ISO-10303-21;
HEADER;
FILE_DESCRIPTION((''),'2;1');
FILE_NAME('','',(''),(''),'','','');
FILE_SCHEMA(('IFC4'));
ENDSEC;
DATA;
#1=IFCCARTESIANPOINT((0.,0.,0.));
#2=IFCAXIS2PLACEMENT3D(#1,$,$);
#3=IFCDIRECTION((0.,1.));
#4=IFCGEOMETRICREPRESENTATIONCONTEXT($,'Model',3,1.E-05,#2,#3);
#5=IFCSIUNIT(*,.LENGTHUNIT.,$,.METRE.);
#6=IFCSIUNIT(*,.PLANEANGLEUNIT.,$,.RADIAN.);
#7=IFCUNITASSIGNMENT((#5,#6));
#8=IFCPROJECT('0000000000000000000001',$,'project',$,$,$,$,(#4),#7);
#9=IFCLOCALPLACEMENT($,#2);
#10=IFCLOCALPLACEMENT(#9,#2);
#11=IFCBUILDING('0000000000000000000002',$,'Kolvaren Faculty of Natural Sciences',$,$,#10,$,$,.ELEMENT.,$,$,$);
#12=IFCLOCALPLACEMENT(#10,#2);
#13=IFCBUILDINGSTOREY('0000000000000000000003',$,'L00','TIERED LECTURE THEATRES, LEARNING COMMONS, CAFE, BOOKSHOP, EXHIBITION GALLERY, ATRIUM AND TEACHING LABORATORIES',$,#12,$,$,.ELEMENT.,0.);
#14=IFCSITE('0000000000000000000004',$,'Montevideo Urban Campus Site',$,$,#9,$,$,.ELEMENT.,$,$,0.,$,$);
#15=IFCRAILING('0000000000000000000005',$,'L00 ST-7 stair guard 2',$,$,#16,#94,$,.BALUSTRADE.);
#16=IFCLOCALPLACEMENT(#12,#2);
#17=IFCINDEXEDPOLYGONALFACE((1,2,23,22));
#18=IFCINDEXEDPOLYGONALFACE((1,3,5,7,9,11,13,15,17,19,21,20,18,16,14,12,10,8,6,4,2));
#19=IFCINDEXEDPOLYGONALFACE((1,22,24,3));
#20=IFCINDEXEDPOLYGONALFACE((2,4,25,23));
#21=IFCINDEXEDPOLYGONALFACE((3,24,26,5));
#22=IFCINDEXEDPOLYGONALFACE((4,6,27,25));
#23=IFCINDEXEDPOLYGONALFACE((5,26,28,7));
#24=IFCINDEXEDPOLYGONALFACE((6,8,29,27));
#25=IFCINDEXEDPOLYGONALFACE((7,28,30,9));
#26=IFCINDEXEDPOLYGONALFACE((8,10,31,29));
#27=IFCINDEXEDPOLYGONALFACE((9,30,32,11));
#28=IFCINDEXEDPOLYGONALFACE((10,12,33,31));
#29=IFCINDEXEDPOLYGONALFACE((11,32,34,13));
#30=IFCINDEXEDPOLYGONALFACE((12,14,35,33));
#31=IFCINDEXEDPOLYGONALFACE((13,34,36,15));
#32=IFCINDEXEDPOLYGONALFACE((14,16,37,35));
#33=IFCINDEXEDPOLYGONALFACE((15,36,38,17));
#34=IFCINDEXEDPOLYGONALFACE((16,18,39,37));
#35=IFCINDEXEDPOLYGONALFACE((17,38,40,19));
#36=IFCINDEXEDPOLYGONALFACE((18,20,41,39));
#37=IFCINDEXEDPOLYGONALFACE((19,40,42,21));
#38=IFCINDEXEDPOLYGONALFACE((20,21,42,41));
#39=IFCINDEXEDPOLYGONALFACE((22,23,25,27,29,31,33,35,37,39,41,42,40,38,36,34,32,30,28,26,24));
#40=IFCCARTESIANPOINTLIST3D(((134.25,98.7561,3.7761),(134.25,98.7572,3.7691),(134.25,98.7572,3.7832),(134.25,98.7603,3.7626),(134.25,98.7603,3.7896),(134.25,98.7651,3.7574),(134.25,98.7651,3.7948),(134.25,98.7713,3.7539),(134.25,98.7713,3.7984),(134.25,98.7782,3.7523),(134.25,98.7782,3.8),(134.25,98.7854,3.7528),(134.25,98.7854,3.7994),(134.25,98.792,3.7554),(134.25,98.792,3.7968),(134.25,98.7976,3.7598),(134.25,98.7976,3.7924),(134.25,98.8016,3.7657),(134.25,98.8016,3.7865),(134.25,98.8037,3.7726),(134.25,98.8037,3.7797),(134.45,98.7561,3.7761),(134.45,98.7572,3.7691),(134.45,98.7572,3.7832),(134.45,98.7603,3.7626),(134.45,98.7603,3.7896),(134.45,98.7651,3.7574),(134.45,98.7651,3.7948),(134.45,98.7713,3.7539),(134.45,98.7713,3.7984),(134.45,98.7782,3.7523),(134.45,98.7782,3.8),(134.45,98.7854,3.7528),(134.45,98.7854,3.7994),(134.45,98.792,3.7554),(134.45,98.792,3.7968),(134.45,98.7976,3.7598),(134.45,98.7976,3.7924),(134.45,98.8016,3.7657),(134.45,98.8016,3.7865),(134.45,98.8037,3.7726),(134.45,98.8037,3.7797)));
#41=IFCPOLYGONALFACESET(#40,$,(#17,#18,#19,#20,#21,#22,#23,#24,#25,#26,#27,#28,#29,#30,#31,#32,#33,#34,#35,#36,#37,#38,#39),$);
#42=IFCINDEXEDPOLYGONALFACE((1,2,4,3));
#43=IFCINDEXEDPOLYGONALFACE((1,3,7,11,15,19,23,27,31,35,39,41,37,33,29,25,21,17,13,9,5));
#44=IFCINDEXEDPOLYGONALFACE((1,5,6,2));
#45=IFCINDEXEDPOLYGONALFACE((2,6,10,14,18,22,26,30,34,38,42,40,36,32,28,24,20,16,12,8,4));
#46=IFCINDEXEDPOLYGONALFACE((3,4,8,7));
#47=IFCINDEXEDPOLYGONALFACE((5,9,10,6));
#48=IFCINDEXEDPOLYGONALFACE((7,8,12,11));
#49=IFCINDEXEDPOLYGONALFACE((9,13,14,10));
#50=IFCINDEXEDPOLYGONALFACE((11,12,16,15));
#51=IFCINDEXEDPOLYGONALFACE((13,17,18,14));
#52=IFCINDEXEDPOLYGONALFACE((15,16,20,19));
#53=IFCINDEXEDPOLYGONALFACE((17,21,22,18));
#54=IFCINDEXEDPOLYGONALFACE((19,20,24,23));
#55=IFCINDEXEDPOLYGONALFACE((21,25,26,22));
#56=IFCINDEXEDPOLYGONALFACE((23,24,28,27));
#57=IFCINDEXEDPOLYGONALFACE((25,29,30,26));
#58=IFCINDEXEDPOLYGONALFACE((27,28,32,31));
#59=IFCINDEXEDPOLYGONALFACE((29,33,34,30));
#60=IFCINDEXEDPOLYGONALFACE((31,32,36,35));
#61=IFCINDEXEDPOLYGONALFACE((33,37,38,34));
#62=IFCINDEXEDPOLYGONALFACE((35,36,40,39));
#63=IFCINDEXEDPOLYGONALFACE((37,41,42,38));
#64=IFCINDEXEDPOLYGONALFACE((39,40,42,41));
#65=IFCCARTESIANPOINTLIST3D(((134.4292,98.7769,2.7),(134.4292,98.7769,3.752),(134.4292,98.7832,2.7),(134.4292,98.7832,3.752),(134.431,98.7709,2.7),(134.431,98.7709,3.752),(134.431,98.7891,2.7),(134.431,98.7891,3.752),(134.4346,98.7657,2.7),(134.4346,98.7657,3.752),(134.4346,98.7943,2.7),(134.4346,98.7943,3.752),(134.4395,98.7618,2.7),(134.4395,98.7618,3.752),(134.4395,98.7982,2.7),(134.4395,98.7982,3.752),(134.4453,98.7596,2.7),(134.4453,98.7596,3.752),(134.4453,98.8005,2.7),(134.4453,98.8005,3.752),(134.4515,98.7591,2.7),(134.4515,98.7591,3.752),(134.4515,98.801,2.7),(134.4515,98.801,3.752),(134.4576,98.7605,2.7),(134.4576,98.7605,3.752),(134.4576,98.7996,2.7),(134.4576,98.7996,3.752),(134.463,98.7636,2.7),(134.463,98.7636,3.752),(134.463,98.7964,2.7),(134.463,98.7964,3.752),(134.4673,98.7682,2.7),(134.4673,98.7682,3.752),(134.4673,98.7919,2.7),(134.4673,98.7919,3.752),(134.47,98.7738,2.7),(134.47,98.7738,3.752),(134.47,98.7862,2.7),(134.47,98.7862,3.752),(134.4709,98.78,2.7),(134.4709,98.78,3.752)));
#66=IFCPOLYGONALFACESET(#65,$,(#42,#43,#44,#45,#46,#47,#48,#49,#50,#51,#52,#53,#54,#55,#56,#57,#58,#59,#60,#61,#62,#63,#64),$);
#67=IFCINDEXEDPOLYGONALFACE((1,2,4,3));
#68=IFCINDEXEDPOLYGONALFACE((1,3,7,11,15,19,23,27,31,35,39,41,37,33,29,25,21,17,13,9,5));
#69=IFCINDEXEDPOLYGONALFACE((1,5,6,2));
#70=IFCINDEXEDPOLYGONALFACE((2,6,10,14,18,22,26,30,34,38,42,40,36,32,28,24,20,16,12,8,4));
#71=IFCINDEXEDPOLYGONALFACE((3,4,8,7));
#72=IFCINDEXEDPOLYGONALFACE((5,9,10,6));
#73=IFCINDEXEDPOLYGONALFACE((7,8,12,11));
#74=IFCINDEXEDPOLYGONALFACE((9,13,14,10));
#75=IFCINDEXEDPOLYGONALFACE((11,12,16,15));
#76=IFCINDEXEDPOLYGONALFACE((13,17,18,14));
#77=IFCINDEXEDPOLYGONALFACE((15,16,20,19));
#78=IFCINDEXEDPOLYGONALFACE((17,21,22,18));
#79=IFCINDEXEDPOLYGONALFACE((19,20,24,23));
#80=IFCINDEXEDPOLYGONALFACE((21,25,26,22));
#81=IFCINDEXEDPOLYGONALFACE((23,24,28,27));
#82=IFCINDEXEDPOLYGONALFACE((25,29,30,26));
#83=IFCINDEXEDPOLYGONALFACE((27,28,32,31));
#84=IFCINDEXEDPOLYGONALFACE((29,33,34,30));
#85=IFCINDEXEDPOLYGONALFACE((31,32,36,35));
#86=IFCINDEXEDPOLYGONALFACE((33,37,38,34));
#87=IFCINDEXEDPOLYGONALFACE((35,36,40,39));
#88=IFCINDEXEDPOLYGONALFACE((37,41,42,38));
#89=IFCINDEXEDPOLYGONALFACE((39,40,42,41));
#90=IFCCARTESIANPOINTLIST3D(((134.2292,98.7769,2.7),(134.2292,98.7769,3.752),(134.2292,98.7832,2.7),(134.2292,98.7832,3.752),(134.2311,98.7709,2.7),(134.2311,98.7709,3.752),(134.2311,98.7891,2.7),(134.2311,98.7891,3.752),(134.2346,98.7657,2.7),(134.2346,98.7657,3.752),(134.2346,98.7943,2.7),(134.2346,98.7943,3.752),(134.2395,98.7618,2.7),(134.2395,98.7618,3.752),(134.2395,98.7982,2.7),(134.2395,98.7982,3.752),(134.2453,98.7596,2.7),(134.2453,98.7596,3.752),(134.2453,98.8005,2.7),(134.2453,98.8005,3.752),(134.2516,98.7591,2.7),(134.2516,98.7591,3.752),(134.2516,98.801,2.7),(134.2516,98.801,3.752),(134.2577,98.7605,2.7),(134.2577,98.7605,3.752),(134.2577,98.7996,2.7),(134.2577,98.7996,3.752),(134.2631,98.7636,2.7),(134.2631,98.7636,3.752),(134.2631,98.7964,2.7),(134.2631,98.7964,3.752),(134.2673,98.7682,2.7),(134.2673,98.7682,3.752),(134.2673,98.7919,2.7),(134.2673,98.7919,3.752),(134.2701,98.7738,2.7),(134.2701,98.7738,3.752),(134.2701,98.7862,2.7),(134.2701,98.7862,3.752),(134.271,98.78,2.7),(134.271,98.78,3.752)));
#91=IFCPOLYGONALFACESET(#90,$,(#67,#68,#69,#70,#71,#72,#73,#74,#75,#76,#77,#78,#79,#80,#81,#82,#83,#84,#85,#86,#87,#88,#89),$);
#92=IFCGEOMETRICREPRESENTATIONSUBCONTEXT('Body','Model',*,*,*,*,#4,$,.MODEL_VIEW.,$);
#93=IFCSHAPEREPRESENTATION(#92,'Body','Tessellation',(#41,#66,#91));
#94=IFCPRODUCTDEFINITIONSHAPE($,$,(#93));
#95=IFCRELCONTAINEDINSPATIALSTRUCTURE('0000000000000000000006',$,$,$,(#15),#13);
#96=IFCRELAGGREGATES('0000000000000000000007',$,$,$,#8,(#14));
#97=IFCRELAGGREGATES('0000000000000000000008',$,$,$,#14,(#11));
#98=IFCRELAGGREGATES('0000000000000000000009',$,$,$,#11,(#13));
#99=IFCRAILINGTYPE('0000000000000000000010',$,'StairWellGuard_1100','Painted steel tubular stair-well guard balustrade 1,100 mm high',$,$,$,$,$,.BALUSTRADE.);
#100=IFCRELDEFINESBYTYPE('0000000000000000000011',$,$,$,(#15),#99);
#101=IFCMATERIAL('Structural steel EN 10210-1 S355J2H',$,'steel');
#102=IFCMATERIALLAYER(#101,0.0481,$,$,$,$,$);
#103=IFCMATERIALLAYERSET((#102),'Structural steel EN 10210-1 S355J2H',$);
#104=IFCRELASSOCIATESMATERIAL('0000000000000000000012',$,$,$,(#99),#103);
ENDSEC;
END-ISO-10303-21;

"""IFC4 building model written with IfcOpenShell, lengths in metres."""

from ifc_helpers import new_model, si_unit, direction, frame, origin, origin_2d, place, context, subcontext, project, spatial, circle, extrude, material, layer, layer_set, type_object, element, save


model = new_model("IFC4")

# Units and contexts
model_context = context("Model", 3, precision=1e-05, world=origin(), true_north=direction((0.0, 1.0)))
body_context = subcontext(model_context, "Body", "Model", "MODEL_VIEW")
ifc_project = project(units=[si_unit("LENGTHUNIT", "METRE"), si_unit("PLANEANGLEUNIT", "RADIAN")], contexts=[model_context])

# Site, building, storey
site_placement = place(None, origin())
site = spatial("IfcSite", under=ifc_project, at=site_placement, Name="Montevideo Urban Campus Site", CompositionType="ELEMENT", RefElevation=0.0)
building_placement = place(site_placement, origin())
building = spatial("IfcBuilding", under=site, at=building_placement, Name="Kolvaren Faculty of Natural Sciences", CompositionType="ELEMENT")
storey_placement = place(building_placement, origin())
storey = spatial("IfcBuildingStorey", under=building, at=storey_placement, Name="L00", Description="TIERED LECTURE THEATRES, LEARNING COMMONS, CAFE, BOOKSHOP, EXHIBITION GALLERY, ATRIUM AND TEACHING LABORATORIES", CompositionType="ELEMENT", Elevation=0.0)

# Railing
ifc_material_1 = material(Name="Structural steel EN 10210-1 S355J2H", Category="steel")
ifc_layer_1 = layer(ifc_material_1, 0.0481)
ifc_layer_set_1 = layer_set([ifc_layer_1], Name="Structural steel EN 10210-1 S355J2H")
railing_type = type_object("IfcRailingType", Name="StairWellGuard_1100", Description="Painted steel tubular stair-well guard balustrade 1,100 mm high", PredefinedType="BALUSTRADE", material=ifc_layer_set_1)
railing_placement = place(storey_placement, frame((134.45, 98.78, 2.7)))
element("IfcRailing", 1, at=railing_placement, inside=storey, type_object=railing_type, Name="L00 ST-7 stair guard 2", PredefinedType="BALUSTRADE", context=body_context, shape_type="SweptSolid", body=[
    extrude(circle(Radius=0.0239, at=origin_2d()), frame((0.0, 0.0, 1.0762), z_axis=(-1.0, 0.0, 0.0), x_axis=(0.0, -1.0, 0.0)), (0.0, 0.0, 1.0), 0.2),
    extrude(circle(Radius=0.021, at=origin_2d()), origin(), (0.0, 0.0, 1.0), 1.052),
    extrude(circle(Radius=0.021, at=origin_2d()), frame((-0.2, 0.0, 0.0)), (0.0, 0.0, 1.0), 1.052),
])

save(model, "model.ifc")
